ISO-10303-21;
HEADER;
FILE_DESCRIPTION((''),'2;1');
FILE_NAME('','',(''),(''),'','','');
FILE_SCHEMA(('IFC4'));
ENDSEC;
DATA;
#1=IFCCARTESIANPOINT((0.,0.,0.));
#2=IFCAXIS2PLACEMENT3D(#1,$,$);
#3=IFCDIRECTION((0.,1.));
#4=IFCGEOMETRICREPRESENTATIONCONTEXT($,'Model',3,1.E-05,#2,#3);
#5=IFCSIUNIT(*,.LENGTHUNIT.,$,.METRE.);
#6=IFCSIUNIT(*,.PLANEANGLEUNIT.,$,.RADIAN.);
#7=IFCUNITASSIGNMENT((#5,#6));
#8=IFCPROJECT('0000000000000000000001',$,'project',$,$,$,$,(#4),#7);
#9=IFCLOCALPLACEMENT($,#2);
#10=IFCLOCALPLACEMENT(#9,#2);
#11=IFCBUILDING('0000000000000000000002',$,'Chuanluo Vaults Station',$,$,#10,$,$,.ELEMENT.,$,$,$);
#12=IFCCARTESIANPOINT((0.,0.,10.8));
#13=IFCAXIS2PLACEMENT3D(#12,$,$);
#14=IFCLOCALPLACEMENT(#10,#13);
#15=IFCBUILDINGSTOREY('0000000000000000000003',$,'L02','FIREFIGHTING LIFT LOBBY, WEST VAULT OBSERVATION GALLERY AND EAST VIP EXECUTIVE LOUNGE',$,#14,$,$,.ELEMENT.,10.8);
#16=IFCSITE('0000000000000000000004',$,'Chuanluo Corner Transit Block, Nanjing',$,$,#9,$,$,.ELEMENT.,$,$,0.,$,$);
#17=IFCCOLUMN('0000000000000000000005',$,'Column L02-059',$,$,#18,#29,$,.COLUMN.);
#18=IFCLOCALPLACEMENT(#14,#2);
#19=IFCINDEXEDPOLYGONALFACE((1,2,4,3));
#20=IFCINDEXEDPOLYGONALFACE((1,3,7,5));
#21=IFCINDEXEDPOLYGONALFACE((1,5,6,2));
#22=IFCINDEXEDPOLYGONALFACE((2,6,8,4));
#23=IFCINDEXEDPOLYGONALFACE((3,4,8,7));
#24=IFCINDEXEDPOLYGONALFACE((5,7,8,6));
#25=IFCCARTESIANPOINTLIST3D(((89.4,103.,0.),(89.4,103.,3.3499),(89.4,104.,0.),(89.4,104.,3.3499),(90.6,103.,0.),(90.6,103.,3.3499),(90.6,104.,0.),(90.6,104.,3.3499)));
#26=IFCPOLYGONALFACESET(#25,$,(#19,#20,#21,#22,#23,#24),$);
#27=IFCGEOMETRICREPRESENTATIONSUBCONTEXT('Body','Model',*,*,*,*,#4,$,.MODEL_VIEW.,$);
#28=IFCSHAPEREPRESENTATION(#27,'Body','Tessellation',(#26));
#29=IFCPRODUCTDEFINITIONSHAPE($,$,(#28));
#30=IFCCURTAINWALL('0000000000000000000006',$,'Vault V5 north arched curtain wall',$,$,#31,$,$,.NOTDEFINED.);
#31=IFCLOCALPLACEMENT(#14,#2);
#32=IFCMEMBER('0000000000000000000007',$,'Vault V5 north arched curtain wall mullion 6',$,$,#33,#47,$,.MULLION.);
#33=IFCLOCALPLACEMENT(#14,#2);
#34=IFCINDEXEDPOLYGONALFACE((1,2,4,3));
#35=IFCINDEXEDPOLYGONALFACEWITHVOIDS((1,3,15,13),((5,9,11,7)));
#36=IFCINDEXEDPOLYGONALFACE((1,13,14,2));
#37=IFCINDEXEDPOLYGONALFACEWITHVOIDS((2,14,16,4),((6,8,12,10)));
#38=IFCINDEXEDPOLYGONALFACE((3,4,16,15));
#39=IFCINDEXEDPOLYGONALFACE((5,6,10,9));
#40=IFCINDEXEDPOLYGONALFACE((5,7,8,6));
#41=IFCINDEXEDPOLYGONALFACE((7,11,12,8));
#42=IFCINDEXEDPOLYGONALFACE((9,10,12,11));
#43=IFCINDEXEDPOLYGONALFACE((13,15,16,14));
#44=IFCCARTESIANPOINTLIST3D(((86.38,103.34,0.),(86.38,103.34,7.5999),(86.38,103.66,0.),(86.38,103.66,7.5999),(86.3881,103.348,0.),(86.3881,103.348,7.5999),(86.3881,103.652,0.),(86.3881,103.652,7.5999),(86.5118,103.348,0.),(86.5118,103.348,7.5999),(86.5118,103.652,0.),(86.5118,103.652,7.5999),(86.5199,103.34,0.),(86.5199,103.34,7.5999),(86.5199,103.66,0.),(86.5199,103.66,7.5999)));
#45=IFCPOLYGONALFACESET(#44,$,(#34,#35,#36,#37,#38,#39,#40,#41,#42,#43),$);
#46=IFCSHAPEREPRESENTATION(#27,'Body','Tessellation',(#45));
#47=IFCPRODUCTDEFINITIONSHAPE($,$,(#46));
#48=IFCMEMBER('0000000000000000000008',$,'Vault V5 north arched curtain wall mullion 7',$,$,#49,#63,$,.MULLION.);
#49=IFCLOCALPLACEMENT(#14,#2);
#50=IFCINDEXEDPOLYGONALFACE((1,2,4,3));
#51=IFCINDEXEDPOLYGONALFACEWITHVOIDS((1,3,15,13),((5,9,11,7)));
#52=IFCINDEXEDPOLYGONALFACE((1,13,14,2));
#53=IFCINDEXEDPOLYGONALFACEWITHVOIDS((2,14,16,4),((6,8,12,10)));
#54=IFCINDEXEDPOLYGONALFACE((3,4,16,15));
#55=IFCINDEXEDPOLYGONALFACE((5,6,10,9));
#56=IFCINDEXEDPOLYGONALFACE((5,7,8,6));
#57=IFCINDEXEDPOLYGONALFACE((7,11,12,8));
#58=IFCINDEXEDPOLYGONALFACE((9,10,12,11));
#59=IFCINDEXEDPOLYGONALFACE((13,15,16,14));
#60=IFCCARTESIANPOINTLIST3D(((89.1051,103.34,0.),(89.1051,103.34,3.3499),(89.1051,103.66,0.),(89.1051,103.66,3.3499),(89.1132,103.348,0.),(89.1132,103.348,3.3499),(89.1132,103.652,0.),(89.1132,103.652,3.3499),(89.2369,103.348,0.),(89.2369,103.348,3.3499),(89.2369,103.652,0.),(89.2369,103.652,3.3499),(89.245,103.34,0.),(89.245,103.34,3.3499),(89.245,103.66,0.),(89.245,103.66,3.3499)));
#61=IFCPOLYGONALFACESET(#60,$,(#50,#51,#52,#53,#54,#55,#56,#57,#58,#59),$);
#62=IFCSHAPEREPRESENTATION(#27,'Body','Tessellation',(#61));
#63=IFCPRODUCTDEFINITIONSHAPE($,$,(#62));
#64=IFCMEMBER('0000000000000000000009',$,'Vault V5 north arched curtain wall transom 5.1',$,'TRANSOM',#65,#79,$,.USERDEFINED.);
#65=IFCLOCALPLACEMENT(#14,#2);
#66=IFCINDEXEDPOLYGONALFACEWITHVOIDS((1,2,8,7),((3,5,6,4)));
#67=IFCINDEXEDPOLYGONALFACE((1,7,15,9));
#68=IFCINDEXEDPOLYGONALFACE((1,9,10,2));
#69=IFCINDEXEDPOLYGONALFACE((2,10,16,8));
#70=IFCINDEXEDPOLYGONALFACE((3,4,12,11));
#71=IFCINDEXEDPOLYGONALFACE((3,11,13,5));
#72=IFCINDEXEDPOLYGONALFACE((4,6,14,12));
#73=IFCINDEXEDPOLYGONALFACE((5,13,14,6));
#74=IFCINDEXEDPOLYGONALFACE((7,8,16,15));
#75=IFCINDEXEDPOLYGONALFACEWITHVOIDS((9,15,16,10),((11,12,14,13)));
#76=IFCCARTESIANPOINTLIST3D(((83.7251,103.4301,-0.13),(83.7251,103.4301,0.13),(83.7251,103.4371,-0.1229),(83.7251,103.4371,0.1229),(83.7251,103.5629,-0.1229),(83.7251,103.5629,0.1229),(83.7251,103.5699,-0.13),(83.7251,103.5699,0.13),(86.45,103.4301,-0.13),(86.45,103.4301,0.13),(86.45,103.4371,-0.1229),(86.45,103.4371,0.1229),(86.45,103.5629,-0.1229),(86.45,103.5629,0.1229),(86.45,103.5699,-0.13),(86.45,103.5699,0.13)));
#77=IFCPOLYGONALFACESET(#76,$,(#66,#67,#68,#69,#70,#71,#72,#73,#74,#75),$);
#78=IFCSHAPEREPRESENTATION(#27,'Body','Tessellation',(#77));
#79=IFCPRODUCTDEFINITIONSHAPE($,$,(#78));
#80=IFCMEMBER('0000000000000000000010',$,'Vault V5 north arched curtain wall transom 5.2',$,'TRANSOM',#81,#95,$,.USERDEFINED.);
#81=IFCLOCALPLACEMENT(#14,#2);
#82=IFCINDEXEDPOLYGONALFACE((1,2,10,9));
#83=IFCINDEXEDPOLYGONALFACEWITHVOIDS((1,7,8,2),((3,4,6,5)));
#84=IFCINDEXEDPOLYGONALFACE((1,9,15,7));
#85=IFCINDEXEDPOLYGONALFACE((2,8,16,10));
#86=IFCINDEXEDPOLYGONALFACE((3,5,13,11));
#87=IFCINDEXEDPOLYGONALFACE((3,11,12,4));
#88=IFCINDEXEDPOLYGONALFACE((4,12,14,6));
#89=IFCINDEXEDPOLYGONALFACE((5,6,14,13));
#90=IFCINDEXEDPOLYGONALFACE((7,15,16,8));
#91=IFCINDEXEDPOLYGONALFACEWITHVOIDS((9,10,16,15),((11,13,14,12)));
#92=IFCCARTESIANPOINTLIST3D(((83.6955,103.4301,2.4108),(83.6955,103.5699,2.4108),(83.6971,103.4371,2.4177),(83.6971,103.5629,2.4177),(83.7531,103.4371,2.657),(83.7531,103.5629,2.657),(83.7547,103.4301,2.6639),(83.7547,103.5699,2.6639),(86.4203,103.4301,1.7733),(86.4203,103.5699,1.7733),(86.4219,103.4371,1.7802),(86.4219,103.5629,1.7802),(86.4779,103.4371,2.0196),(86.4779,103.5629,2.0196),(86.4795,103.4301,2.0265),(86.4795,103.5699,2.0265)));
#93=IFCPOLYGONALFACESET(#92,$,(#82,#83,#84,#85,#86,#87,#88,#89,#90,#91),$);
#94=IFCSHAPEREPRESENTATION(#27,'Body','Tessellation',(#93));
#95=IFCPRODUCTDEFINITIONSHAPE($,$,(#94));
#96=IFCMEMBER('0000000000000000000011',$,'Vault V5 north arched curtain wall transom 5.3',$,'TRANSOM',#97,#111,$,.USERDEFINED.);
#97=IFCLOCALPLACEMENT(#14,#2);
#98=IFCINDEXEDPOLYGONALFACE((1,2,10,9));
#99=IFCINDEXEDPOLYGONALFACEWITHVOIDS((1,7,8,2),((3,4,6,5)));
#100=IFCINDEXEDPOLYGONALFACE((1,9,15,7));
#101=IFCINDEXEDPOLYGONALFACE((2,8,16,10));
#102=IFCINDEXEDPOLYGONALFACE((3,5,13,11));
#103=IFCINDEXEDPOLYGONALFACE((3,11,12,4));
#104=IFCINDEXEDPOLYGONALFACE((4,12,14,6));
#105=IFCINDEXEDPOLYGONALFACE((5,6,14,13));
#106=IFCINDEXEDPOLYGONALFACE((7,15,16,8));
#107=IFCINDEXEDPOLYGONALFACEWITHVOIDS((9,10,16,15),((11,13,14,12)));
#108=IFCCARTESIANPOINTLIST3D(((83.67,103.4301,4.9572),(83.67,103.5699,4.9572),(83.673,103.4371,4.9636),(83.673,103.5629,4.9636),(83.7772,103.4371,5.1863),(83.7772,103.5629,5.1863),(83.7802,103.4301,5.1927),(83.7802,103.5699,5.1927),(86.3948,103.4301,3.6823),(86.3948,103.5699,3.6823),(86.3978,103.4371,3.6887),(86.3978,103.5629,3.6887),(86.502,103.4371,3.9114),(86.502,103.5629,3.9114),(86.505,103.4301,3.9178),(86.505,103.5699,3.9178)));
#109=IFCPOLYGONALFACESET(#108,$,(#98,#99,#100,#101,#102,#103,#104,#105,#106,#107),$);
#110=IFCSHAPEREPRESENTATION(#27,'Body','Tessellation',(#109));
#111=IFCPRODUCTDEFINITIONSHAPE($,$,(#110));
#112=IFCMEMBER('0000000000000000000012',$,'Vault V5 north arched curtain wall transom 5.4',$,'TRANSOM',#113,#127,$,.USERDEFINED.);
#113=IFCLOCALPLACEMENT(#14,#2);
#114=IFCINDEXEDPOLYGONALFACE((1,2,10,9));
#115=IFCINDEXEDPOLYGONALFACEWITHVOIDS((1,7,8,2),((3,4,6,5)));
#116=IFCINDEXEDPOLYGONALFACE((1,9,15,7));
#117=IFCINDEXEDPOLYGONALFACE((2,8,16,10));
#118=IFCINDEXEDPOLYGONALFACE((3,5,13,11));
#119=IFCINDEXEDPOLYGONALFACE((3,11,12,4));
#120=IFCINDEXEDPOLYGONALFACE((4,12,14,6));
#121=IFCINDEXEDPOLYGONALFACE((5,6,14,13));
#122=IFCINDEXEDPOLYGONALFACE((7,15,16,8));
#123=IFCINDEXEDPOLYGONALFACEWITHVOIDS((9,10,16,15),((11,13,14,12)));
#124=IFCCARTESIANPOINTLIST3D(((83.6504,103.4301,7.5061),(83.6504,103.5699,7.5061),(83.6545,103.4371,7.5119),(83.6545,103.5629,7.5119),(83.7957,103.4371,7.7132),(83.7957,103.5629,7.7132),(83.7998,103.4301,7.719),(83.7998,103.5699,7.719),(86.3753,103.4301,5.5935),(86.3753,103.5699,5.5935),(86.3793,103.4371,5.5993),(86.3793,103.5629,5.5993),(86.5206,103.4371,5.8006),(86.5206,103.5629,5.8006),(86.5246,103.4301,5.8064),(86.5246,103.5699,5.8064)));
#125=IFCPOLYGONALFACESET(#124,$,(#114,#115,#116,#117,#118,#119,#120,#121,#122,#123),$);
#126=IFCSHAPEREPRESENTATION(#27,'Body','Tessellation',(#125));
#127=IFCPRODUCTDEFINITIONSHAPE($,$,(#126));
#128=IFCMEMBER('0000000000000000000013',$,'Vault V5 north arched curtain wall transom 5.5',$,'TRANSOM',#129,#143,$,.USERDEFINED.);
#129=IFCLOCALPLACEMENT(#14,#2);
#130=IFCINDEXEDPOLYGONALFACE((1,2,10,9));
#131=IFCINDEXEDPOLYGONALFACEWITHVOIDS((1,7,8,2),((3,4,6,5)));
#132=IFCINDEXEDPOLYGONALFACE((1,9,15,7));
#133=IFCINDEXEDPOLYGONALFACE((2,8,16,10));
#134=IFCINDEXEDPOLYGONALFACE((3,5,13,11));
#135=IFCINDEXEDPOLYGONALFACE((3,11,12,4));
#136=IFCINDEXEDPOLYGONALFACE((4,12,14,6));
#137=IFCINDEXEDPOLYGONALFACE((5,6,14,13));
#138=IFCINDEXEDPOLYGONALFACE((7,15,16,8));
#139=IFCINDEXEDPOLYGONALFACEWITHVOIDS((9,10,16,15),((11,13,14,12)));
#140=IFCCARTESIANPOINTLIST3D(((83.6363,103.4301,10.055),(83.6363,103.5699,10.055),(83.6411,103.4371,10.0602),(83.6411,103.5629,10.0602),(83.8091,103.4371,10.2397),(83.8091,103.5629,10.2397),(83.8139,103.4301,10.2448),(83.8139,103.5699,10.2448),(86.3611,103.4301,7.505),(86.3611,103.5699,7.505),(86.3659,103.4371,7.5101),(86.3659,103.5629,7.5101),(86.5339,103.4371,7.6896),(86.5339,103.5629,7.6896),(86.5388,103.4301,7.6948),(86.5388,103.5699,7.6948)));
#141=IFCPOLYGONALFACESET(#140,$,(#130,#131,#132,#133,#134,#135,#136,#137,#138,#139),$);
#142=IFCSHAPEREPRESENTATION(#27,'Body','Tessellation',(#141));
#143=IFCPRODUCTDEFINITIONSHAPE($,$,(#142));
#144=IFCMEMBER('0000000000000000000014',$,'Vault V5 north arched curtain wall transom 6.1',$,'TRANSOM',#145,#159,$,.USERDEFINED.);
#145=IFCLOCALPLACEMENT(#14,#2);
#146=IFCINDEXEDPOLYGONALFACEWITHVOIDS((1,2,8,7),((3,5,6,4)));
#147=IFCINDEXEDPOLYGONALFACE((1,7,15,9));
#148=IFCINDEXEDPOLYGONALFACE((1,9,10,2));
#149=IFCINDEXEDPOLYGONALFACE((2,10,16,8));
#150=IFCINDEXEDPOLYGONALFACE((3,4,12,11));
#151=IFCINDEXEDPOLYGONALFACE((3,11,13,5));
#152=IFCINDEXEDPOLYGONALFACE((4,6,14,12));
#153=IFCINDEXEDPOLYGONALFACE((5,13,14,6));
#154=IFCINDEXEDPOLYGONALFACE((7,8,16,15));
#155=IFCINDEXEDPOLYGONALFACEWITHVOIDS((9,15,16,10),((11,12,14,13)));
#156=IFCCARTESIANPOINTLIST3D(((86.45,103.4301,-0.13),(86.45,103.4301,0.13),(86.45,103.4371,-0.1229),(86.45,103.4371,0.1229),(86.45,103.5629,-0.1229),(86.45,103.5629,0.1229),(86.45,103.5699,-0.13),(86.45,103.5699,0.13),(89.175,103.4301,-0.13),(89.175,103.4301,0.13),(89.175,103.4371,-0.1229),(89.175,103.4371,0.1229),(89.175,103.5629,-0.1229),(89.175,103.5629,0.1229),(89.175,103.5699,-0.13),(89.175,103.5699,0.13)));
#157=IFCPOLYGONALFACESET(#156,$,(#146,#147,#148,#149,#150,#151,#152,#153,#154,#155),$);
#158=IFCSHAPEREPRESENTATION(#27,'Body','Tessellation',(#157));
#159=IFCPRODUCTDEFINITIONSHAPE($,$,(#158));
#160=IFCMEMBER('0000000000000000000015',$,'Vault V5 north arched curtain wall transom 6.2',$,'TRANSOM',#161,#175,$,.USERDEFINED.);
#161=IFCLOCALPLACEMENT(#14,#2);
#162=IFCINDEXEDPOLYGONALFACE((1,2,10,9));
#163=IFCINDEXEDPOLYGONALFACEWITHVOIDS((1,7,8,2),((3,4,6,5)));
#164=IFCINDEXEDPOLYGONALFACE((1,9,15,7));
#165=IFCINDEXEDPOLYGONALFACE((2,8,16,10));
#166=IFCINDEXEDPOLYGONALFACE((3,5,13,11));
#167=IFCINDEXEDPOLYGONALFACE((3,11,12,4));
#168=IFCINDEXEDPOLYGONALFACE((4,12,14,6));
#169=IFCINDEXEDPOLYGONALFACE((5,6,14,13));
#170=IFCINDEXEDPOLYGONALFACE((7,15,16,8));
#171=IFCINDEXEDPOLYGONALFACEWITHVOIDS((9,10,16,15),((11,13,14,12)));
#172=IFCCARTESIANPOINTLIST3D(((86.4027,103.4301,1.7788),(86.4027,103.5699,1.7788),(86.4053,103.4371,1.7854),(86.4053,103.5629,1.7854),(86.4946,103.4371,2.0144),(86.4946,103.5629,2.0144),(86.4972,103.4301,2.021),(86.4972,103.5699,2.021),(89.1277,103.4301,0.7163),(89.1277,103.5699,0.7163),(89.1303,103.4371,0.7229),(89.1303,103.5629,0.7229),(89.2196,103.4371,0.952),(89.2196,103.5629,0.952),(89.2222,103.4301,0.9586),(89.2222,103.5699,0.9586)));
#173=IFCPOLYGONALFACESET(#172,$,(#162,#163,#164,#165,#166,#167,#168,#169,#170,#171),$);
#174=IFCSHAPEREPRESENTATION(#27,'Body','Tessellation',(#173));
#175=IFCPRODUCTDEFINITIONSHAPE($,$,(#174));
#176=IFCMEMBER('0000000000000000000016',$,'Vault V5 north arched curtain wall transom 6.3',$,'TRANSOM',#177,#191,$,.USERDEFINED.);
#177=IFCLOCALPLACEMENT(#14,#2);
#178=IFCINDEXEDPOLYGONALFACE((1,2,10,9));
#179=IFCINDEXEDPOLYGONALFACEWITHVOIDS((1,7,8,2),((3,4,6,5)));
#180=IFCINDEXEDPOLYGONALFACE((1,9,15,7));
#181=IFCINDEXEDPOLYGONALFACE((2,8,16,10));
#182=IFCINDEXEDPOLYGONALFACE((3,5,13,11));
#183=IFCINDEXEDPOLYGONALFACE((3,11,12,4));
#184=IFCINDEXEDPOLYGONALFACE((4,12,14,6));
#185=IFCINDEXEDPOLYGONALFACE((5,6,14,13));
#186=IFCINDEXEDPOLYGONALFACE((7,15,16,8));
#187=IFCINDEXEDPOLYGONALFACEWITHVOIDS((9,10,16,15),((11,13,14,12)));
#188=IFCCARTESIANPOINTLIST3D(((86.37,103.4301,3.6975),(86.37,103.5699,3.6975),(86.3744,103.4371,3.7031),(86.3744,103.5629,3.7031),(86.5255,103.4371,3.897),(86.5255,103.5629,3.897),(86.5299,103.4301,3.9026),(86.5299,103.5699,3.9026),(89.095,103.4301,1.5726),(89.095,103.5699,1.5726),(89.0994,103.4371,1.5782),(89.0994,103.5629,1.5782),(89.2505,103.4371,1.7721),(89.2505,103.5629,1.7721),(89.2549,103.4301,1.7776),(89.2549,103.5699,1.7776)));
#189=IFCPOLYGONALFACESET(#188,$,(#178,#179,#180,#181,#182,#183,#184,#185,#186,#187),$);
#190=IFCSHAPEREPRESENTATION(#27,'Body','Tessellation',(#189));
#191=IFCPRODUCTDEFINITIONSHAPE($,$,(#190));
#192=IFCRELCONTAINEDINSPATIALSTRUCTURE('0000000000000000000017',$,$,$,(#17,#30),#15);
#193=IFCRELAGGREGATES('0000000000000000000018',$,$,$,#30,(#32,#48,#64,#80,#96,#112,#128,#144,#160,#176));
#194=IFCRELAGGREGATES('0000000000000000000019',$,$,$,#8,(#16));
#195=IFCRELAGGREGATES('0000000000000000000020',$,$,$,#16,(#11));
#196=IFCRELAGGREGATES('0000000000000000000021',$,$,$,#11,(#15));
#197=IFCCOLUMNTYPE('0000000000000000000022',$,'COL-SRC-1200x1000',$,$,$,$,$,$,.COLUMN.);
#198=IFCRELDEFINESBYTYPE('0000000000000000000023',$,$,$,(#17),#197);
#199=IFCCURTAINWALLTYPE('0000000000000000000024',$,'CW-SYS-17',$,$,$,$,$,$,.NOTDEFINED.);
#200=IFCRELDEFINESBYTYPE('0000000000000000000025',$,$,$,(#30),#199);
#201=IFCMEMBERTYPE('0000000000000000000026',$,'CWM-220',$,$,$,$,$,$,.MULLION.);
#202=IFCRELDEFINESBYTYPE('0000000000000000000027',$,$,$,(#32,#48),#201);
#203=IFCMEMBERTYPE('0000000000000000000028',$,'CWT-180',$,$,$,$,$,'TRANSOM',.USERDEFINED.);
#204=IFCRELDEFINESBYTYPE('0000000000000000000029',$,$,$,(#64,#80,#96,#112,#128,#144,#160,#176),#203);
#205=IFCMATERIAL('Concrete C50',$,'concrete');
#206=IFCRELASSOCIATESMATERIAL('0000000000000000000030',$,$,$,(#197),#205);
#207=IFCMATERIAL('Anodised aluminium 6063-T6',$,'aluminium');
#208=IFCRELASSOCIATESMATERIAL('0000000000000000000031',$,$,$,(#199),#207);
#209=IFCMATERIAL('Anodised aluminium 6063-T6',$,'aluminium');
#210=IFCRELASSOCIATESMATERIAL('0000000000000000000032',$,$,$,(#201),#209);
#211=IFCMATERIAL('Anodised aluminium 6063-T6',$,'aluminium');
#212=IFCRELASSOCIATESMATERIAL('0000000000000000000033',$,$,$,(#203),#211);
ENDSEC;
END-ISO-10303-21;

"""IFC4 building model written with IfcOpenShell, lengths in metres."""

from ifc_helpers import new_model, si_unit, direction, frame, origin, origin_2d, place, context, subcontext, project, spatial, rectangle, hollow_rectangle, extrude, material, material_profile, profile_set, type_object, element, aggregate, save


model = new_model("IFC4")

# Units and contexts
model_context = context("Model", 3, precision=1e-05, world=origin(), true_north=direction((0.0, 1.0)))
body_context = subcontext(model_context, "Body", "Model", "MODEL_VIEW")
ifc_project = project(units=[si_unit("LENGTHUNIT", "METRE"), si_unit("PLANEANGLEUNIT", "RADIAN")], contexts=[model_context])

# Site, building, storey
site_placement = place(None, origin())
site = spatial("IfcSite", under=ifc_project, at=site_placement, Name="Chuanluo Corner Transit Block, Nanjing", CompositionType="ELEMENT", RefElevation=0.0)
building_placement = place(site_placement, origin())
building = spatial("IfcBuilding", under=site, at=building_placement, Name="Chuanluo Vaults Station", CompositionType="ELEMENT")
storey_placement = place(building_placement, frame((0.0, 0.0, 10.8)))
storey = spatial("IfcBuildingStorey", under=building, at=storey_placement, Name="L02", Description="FIREFIGHTING LIFT LOBBY, WEST VAULT OBSERVATION GALLERY AND EAST VIP EXECUTIVE LOUNGE", CompositionType="ELEMENT", Elevation=10.8)

# Column
ifc_material_1 = material(Name="Concrete C50", Category="concrete")
ifc_material_profile_1 = material_profile(ifc_material_1, rectangle(XDim=1.2, YDim=1.0, at=origin_2d()))
ifc_profile_set_1 = profile_set([ifc_material_profile_1], Name="Concrete C50")
column_type = type_object("IfcColumnType", Name="COL-SRC-1200x1000", PredefinedType="COLUMN", material=ifc_profile_set_1)
column_placement = place(storey_placement, frame((90.0, 103.5, 0.0), z_axis=(0.0, 0.0, 1.0), x_axis=(1.0, 0.0, 0.0)))
element("IfcColumn", 1, at=column_placement, inside=storey, type_object=column_type, Name="Column L02-059", PredefinedType="COLUMN", context=body_context, shape_type="SweptSolid", body=[
    extrude(rectangle(XDim=1.2, YDim=1.0, at=origin_2d()), origin(), (0.0, 0.0, 1.0), 3.3499),
])

# Curtain wall, members
ifc_material_2 = material(Name="Anodised aluminium 6063-T6", Category="aluminium")
curtain_wall_type = type_object("IfcCurtainWallType", Name="CW-SYS-17", PredefinedType="NOTDEFINED", material=ifc_material_2)
curtain_wall_placement = place(storey_placement, origin())
curtain_wall = element("IfcCurtainWall", 2, at=curtain_wall_placement, inside=storey, type_object=curtain_wall_type, Name="Vault V5 north arched curtain wall", PredefinedType="NOTDEFINED")
ifc_material_3 = material(Name="Anodised aluminium 6063-T6", Category="aluminium")
ifc_material_profile_2 = material_profile(ifc_material_3, hollow_rectangle(XDim=0.1399, YDim=0.3201, WallThickness=0.0081, at=origin_2d()))
ifc_profile_set_2 = profile_set([ifc_material_profile_2], Name="Anodised aluminium 6063-T6")
member_type_1 = type_object("IfcMemberType", Name="CWM-220", PredefinedType="MULLION", material=ifc_profile_set_2)
member_1_placement = place(storey_placement, frame((86.45, 103.5, 0.0), z_axis=(0.0, 0.0, 1.0), x_axis=(1.0, 0.0, 0.0)))
member_1 = element("IfcMember", 3, at=member_1_placement, type_object=member_type_1, Name="Vault V5 north arched curtain wall mullion 6", PredefinedType="MULLION", context=body_context, shape_type="SweptSolid", body=[
    extrude(hollow_rectangle(XDim=0.1399, YDim=0.3201, WallThickness=0.0081, at=origin_2d()), origin(), (0.0, 0.0, 1.0), 7.5999),
])
member_2_placement = place(storey_placement, frame((89.175, 103.5, 0.0), z_axis=(0.0, 0.0, 1.0), x_axis=(1.0, 0.0, 0.0)))
member_2 = element("IfcMember", 4, at=member_2_placement, type_object=member_type_1, Name="Vault V5 north arched curtain wall mullion 7", PredefinedType="MULLION", context=body_context, shape_type="SweptSolid", body=[
    extrude(hollow_rectangle(XDim=0.1399, YDim=0.3201, WallThickness=0.0081, at=origin_2d()), origin(), (0.0, 0.0, 1.0), 3.3499),
])
ifc_material_4 = material(Name="Anodised aluminium 6063-T6", Category="aluminium")
ifc_material_profile_3 = material_profile(ifc_material_4, hollow_rectangle(XDim=0.1399, YDim=0.26, WallThickness=0.0071, at=origin_2d()))
ifc_profile_set_3 = profile_set([ifc_material_profile_3], Name="Anodised aluminium 6063-T6")
member_type_2 = type_object("IfcMemberType", Name="CWT-180", ElementType="TRANSOM", PredefinedType="USERDEFINED", material=ifc_profile_set_3)
member_3_placement = place(storey_placement, frame((83.7251, 103.5, 0.0), z_axis=(1.0, 0.0, 0.0), x_axis=(0.0, 1.0, 0.0)))
member_3 = element("IfcMember", 5, at=member_3_placement, type_object=member_type_2, Name="Vault V5 north arched curtain wall transom 5.1", ObjectType="TRANSOM", PredefinedType="USERDEFINED", context=body_context, shape_type="SweptSolid", body=[
    extrude(hollow_rectangle(XDim=0.1399, YDim=0.26, WallThickness=0.0071, at=origin_2d()), origin(), (0.0, 0.0, 1.0), 2.7249),
])
member_4_placement = place(storey_placement, frame((83.7251, 103.5, 2.5374), z_axis=(0.97371, 0.0, -0.227789), x_axis=(0.0, 1.0, 0.0)))
member_4 = element("IfcMember", 6, at=member_4_placement, type_object=member_type_2, Name="Vault V5 north arched curtain wall transom 5.2", ObjectType="TRANSOM", PredefinedType="USERDEFINED", context=body_context, shape_type="SweptSolid", body=[
    extrude(hollow_rectangle(XDim=0.1399, YDim=0.26, WallThickness=0.0071, at=origin_2d()), origin(), (0.0, 0.0, 1.0), 2.7983),
])
member_5_placement = place(storey_placement, frame((83.7251, 103.5, 5.075), z_axis=(0.905762, 0.0, -0.423787), x_axis=(0.0, 1.0, 0.0)))
member_5 = element("IfcMember", 7, at=member_5_placement, type_object=member_type_2, Name="Vault V5 north arched curtain wall transom 5.3", ObjectType="TRANSOM", PredefinedType="USERDEFINED", context=body_context, shape_type="SweptSolid", body=[
    extrude(hollow_rectangle(XDim=0.1399, YDim=0.26, WallThickness=0.0071, at=origin_2d()), origin(), (0.0, 0.0, 1.0), 3.0083),
])
member_6_placement = place(storey_placement, frame((83.7251, 103.5, 7.6125), z_axis=(0.818497, 0.0, -0.57451), x_axis=(0.0, 1.0, 0.0)))
member_6 = element("IfcMember", 8, at=member_6_placement, type_object=member_type_2, Name="Vault V5 north arched curtain wall transom 5.4", ObjectType="TRANSOM", PredefinedType="USERDEFINED", context=body_context, shape_type="SweptSolid", body=[
    extrude(hollow_rectangle(XDim=0.1399, YDim=0.26, WallThickness=0.0071, at=origin_2d()), origin(), (0.0, 0.0, 1.0), 3.3291),
])
member_7_placement = place(storey_placement, frame((83.7251, 103.5, 10.1499), z_axis=(0.730139, 0.0, -0.683299), x_axis=(0.0, 1.0, 0.0)))
member_7 = element("IfcMember", 9, at=member_7_placement, type_object=member_type_2, Name="Vault V5 north arched curtain wall transom 5.5", ObjectType="TRANSOM", PredefinedType="USERDEFINED", context=body_context, shape_type="SweptSolid", body=[
    extrude(hollow_rectangle(XDim=0.1399, YDim=0.26, WallThickness=0.0071, at=origin_2d()), origin(), (0.0, 0.0, 1.0), 3.7319),
])
member_8_placement = place(storey_placement, frame((86.45, 103.5, 0.0), z_axis=(1.0, 0.0, 0.0), x_axis=(0.0, 1.0, 0.0)))
member_8 = element("IfcMember", 10, at=member_8_placement, type_object=member_type_2, Name="Vault V5 north arched curtain wall transom 6.1", ObjectType="TRANSOM", PredefinedType="USERDEFINED", context=body_context, shape_type="SweptSolid", body=[
    extrude(hollow_rectangle(XDim=0.1399, YDim=0.26, WallThickness=0.0071, at=origin_2d()), origin(), (0.0, 0.0, 1.0), 2.7251),
])
member_9_placement = place(storey_placement, frame((86.45, 103.5, 1.8999), z_axis=(0.931688, 0.0, -0.36326), x_axis=(0.0, 1.0, 0.0)))
member_9 = element("IfcMember", 11, at=member_9_placement, type_object=member_type_2, Name="Vault V5 north arched curtain wall transom 6.2", ObjectType="TRANSOM", PredefinedType="USERDEFINED", context=body_context, shape_type="SweptSolid", body=[
    extrude(hollow_rectangle(XDim=0.1399, YDim=0.26, WallThickness=0.0071, at=origin_2d()), origin(), (0.0, 0.0, 1.0), 2.9248),
])
member_10_placement = place(storey_placement, frame((86.45, 103.5, 3.8), z_axis=(0.788583, 0.0, -0.614928), x_axis=(0.0, 1.0, 0.0)))
member_10 = element("IfcMember", 12, at=member_10_placement, type_object=member_type_2, Name="Vault V5 north arched curtain wall transom 6.3", ObjectType="TRANSOM", PredefinedType="USERDEFINED", context=body_context, shape_type="SweptSolid", body=[
    extrude(hollow_rectangle(XDim=0.1399, YDim=0.26, WallThickness=0.0071, at=origin_2d()), origin(), (0.0, 0.0, 1.0), 3.4556),
])
aggregate(curtain_wall, [member_1, member_2, member_3, member_4, member_5, member_6, member_7, member_8, member_9, member_10])

save(model, "model.ifc")
